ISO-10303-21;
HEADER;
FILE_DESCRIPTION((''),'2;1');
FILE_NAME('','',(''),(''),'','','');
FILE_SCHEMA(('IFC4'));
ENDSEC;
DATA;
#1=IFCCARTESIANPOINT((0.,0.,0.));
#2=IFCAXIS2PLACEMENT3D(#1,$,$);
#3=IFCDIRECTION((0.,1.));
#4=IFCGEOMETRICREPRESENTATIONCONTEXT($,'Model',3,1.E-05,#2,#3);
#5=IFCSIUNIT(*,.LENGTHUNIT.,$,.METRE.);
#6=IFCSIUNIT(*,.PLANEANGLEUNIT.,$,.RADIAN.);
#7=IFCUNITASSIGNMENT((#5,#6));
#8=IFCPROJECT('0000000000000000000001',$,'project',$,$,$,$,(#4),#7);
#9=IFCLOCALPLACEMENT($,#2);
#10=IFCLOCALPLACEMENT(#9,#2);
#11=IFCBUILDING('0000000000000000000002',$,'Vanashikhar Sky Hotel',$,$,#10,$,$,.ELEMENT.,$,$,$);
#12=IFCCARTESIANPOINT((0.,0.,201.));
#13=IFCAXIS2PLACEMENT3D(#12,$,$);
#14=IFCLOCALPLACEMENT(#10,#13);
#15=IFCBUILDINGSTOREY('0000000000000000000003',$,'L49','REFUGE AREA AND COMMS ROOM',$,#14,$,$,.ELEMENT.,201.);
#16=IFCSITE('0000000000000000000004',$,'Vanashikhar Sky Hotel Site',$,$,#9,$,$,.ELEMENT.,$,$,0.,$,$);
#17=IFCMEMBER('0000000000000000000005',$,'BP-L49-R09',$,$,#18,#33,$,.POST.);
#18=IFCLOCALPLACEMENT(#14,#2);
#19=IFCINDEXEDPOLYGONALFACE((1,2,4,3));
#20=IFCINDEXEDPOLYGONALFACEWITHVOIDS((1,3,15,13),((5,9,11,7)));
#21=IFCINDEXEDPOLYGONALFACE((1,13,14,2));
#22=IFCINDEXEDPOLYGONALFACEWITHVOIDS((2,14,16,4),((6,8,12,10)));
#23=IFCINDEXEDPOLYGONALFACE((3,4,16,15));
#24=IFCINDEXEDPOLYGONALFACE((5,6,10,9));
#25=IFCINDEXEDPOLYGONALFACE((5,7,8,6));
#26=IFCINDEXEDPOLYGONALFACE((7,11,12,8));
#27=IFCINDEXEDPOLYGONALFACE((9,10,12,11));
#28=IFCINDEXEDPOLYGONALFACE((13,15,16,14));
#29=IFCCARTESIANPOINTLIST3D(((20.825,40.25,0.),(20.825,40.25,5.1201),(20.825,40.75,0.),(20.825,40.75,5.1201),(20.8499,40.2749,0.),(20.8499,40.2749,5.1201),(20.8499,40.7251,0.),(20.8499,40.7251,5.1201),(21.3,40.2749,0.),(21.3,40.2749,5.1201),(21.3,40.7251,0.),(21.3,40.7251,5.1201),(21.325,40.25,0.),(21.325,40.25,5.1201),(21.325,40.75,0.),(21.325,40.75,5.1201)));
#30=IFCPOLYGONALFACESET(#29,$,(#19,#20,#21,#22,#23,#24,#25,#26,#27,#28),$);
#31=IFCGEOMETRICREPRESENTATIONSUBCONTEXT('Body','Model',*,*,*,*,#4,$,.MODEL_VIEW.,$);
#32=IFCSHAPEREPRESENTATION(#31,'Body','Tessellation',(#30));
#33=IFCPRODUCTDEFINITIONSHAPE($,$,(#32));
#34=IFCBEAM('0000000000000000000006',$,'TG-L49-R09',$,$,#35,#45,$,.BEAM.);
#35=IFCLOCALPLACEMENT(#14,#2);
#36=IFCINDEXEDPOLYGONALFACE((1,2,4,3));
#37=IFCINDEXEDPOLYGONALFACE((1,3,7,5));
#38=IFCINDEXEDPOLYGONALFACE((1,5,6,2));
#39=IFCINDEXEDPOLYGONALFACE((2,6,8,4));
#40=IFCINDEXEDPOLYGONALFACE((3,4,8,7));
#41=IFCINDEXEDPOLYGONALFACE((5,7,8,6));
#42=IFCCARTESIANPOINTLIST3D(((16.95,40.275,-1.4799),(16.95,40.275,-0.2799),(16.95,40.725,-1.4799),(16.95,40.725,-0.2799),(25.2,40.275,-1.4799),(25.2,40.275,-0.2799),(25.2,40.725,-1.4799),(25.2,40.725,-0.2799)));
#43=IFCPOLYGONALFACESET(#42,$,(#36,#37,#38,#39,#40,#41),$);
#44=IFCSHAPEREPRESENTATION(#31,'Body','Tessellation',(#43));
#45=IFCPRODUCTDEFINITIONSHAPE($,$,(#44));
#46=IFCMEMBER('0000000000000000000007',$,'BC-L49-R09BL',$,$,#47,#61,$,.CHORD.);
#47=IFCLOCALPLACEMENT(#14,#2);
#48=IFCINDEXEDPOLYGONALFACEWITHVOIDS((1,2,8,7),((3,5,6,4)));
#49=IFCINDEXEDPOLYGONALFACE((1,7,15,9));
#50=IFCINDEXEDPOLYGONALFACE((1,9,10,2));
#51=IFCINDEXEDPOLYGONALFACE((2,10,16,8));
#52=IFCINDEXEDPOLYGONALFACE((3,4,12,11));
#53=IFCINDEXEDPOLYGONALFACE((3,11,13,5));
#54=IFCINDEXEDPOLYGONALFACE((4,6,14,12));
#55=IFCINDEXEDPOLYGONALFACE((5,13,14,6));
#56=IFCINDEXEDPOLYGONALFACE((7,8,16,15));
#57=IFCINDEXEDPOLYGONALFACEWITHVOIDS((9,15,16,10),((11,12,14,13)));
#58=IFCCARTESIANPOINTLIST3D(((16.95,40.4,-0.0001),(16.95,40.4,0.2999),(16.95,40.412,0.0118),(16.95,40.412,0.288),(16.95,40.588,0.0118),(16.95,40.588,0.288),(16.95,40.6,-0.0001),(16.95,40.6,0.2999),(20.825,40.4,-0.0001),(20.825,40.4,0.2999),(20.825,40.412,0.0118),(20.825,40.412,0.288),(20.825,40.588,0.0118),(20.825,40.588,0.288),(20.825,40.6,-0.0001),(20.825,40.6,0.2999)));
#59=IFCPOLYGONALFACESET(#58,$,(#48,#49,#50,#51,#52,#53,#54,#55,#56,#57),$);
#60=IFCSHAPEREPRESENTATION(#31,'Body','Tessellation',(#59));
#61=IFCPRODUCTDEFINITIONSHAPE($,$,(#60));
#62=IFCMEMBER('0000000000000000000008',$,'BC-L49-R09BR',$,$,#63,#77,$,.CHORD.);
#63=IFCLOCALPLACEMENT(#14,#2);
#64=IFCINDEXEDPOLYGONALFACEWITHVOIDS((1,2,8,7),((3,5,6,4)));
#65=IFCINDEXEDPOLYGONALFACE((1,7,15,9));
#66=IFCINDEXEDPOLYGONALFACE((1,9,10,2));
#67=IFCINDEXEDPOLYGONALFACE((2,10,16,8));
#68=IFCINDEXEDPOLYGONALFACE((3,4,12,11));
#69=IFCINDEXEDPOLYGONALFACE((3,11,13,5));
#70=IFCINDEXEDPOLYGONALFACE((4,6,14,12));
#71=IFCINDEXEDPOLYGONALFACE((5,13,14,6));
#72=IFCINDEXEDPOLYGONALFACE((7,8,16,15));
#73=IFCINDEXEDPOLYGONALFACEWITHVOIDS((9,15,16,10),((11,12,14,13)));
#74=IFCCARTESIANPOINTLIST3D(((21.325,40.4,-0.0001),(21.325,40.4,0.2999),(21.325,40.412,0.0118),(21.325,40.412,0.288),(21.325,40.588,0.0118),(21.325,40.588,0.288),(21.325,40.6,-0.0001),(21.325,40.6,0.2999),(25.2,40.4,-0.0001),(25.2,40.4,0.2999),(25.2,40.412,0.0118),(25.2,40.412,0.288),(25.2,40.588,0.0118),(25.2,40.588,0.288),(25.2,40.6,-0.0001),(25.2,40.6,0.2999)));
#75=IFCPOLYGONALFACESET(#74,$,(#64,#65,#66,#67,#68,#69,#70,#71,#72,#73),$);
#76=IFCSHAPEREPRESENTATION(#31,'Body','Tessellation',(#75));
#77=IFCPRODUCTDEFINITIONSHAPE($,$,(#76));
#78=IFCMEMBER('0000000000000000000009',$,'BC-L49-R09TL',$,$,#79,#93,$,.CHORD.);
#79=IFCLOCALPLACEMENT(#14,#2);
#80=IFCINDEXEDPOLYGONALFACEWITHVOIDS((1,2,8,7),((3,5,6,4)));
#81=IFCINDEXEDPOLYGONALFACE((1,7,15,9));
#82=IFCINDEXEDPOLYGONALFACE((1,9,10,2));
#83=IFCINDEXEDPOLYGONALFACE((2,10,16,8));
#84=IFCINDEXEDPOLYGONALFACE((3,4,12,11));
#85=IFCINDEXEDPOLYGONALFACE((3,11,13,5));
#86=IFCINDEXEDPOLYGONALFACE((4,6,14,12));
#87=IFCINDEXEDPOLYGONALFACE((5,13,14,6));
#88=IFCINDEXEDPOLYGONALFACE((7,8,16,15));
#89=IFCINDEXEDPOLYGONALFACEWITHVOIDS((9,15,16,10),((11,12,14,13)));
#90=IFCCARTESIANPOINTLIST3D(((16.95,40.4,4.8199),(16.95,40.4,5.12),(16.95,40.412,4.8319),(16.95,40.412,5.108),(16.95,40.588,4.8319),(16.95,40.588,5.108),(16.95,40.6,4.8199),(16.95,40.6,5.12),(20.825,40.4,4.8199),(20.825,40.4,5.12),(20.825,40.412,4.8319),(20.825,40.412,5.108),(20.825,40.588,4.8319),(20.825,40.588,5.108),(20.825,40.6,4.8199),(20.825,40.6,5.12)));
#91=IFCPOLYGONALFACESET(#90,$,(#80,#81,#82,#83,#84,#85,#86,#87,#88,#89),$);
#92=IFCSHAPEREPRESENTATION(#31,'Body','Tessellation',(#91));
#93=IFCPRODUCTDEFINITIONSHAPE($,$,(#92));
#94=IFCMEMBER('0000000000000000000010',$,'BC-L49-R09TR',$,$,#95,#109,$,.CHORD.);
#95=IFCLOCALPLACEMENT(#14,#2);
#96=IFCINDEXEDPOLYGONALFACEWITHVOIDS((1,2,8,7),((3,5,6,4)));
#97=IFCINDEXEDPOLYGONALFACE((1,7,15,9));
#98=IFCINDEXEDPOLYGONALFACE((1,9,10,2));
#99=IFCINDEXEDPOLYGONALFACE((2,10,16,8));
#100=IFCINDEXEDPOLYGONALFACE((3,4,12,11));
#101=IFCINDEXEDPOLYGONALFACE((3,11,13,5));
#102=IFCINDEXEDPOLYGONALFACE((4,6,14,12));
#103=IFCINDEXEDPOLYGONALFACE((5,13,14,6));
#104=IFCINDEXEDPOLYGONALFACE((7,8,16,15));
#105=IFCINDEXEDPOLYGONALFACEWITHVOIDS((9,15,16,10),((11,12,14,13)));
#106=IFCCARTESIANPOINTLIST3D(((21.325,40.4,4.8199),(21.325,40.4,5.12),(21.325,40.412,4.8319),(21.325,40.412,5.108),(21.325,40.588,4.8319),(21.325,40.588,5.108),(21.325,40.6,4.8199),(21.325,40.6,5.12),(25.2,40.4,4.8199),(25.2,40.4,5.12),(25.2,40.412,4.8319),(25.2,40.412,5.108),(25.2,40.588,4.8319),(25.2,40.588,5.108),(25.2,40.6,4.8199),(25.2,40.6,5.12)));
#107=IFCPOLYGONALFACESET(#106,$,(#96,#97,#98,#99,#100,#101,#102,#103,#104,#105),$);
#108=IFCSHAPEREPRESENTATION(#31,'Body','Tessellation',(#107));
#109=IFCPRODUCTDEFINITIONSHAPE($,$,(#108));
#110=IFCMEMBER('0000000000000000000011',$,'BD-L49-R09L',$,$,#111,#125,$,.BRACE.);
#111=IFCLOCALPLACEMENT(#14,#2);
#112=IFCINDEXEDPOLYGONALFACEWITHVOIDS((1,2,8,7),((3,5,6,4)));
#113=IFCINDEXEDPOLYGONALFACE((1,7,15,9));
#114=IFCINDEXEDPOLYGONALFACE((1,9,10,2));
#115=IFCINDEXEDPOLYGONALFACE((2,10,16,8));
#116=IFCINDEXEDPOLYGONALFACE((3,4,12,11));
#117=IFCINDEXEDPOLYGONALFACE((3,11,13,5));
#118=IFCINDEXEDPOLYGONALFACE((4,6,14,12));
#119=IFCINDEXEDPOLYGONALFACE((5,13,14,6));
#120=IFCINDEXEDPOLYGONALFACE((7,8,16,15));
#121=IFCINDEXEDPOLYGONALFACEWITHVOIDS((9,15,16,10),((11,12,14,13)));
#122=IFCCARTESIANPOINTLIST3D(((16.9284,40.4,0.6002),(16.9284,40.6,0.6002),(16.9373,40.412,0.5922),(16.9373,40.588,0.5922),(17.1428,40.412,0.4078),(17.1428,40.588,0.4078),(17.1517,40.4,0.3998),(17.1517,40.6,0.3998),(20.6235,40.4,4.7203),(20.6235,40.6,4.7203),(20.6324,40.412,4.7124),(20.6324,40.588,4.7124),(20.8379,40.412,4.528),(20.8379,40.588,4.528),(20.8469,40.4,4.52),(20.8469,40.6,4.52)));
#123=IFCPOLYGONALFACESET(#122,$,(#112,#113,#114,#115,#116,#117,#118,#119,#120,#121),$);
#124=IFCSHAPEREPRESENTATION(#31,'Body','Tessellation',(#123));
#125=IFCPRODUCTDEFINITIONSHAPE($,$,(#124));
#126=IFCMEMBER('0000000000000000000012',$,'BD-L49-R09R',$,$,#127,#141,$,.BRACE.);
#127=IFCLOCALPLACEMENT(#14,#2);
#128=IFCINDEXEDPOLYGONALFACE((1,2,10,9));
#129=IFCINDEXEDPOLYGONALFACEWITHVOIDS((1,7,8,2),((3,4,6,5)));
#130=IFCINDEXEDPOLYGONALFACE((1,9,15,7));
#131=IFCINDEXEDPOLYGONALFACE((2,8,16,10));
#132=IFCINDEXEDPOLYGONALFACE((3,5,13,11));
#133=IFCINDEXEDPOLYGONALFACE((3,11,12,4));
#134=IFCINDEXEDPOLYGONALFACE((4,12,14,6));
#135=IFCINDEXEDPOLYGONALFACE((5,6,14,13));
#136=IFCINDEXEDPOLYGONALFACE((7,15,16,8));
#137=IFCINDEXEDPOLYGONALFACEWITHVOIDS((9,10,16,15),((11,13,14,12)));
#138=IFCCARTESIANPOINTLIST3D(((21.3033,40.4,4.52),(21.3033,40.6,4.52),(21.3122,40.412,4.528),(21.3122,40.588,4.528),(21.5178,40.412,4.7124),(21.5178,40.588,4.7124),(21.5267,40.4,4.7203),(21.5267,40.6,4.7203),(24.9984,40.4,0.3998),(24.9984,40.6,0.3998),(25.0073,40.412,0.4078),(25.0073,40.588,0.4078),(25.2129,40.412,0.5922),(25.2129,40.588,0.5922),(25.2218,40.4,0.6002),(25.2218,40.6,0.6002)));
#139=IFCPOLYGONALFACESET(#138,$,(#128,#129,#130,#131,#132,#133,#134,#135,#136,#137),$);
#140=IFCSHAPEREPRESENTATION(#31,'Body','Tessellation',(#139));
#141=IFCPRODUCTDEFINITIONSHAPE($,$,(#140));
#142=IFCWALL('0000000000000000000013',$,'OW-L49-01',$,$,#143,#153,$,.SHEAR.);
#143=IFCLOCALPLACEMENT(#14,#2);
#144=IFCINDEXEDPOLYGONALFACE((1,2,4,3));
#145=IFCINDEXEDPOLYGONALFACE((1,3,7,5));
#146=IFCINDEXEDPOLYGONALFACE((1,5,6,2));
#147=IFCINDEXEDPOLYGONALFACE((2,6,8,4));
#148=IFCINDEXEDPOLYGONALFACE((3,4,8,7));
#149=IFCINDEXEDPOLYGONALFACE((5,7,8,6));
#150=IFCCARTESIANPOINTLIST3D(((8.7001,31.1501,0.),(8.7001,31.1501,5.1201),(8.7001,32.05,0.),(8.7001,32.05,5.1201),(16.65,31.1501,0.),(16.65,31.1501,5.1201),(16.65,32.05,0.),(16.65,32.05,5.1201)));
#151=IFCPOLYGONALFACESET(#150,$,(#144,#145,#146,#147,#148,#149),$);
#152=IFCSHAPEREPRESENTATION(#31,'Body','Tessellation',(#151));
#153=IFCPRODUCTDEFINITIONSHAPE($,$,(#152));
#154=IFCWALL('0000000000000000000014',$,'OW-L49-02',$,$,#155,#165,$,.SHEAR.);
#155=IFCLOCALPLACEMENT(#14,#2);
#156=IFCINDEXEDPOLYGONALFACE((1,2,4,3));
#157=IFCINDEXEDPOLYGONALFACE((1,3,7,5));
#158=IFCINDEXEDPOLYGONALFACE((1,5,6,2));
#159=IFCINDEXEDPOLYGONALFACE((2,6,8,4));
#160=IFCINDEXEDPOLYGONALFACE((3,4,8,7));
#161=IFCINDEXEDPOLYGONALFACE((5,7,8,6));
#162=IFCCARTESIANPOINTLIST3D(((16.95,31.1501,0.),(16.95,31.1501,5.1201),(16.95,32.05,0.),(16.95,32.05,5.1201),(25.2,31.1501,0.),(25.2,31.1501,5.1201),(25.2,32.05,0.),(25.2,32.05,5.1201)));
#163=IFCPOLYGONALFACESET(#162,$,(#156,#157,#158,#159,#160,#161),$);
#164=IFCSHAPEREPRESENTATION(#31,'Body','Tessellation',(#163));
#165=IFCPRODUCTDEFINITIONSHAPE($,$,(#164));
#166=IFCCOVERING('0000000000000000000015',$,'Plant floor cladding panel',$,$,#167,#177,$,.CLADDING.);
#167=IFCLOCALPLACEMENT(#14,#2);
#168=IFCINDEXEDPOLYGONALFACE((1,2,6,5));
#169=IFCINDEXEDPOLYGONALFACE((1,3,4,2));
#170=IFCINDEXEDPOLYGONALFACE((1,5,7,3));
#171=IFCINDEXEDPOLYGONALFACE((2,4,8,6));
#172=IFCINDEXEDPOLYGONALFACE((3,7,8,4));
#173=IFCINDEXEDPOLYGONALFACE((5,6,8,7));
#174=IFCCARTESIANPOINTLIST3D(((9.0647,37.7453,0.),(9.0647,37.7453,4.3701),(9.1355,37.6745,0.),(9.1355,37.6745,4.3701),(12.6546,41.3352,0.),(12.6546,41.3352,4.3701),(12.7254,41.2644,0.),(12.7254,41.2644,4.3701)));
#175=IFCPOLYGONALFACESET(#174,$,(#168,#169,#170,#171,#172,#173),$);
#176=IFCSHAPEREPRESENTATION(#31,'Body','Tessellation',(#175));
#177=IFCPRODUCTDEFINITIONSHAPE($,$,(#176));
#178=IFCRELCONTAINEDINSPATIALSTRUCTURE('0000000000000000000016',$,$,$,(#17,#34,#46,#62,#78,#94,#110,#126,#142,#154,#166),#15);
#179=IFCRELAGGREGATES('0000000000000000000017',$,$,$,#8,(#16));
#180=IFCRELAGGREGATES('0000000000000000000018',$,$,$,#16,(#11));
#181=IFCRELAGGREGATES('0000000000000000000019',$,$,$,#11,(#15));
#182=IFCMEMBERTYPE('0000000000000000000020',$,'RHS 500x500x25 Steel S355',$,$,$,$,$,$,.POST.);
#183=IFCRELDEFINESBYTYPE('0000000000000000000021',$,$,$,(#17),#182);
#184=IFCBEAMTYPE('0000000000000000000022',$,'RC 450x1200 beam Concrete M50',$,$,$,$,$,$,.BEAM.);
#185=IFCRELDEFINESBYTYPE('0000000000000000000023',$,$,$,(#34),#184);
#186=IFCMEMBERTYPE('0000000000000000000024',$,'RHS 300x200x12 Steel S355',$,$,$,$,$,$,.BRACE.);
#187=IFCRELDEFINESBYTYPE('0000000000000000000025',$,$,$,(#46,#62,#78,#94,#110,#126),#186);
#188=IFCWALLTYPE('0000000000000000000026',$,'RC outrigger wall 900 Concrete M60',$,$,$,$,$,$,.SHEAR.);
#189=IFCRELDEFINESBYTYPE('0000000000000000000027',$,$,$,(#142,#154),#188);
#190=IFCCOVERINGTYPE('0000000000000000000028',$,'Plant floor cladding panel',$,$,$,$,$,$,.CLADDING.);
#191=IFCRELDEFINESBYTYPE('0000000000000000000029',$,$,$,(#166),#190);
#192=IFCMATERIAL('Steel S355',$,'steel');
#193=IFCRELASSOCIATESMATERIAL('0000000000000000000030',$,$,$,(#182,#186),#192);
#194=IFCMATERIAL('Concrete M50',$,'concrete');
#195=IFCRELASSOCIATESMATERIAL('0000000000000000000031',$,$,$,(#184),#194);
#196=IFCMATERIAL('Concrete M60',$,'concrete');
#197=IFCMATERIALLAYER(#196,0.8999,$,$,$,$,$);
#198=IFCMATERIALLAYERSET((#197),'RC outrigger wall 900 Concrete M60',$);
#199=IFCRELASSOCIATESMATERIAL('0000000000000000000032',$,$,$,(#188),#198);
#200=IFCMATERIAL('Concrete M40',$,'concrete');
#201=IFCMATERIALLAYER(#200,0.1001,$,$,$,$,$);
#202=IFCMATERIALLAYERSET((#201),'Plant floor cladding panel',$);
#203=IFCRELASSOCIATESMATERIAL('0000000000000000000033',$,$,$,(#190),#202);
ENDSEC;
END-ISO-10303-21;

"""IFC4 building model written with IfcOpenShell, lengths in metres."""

from ifc_helpers import new_model, si_unit, direction, frame, frame_2d, origin, origin_2d, place, context, subcontext, project, spatial, rectangle, hollow_rectangle, extrude, source, transform, mapped, material, layer, layer_set, material_profile, profile_set, type_object, element, save


model = new_model("IFC4")

# Units and contexts
model_context = context("Model", 3, precision=1e-05, world=origin(), true_north=direction((0.0, 1.0)))
body_context = subcontext(model_context, "Body", "Model", "MODEL_VIEW")
ifc_project = project(units=[si_unit("LENGTHUNIT", "METRE"), si_unit("PLANEANGLEUNIT", "RADIAN")], contexts=[model_context])

# Site, building, storey
site_placement = place(None, origin())
site = spatial("IfcSite", under=ifc_project, at=site_placement, Name="Vanashikhar Sky Hotel Site", CompositionType="ELEMENT", RefElevation=0.0)
building_placement = place(site_placement, origin())
building = spatial("IfcBuilding", under=site, at=building_placement, Name="Vanashikhar Sky Hotel", CompositionType="ELEMENT")
storey_placement = place(building_placement, frame((0.0, 0.0, 201.0)))
storey = spatial("IfcBuildingStorey", under=building, at=storey_placement, Name="L49", Description="REFUGE AREA AND COMMS ROOM", CompositionType="ELEMENT", Elevation=201.0)

# Member
ifc_material_1 = material(Name="Steel S355", Category="steel")
ifc_material_profile_1 = material_profile(ifc_material_1, hollow_rectangle(XDim=0.5, YDim=0.5, WallThickness=0.0249, at=origin_2d()))
ifc_profile_set_1 = profile_set([ifc_material_profile_1], Name="RHS 500x500x25 Steel S355")
member_type_1 = type_object("IfcMemberType", Name="RHS 500x500x25 Steel S355", PredefinedType="POST", material=ifc_profile_set_1)
shared_shape_1 = source(origin(), body_context, "Body", "SweptSolid", [
    extrude(hollow_rectangle(XDim=0.5, YDim=0.5, WallThickness=0.0249, at=origin_2d()), origin(), (0.0, 0.0, 1.0), 5.1201),
])
member_placement = place(storey_placement, frame((21.075, 40.5, 0.0), z_axis=(0.0, 0.0, 1.0), x_axis=(1.0, 0.0, 0.0)))
element("IfcMember", 1, at=member_placement, inside=storey, type_object=member_type_1, Name="BP-L49-R09", PredefinedType="POST", context=body_context, shape_type="MappedRepresentation", body=[
    mapped(shared_shape_1, transform((0.0, 0.0, 0.0), scale=1.0)),
])

# Beam
ifc_material_2 = material(Name="Concrete M50", Category="concrete")
ifc_material_profile_2 = material_profile(ifc_material_2, rectangle(XDim=0.45, YDim=1.2, at=origin_2d()))
ifc_profile_set_2 = profile_set([ifc_material_profile_2], Name="RC 450x1200 beam Concrete M50")
beam_type = type_object("IfcBeamType", Name="RC 450x1200 beam Concrete M50", PredefinedType="BEAM", material=ifc_profile_set_2)
shared_shape_2 = source(origin(), body_context, "Body", "SweptSolid", [
    extrude(rectangle(XDim=0.45, YDim=1.2, at=origin_2d()), origin(), (0.0, 0.0, 1.0), 8.25),
])
beam_placement = place(storey_placement, frame((16.95, 40.5, -0.8799), z_axis=(1.0, 0.0, 0.0), x_axis=(0.0, 1.0, 0.0)))
element("IfcBeam", 2, at=beam_placement, inside=storey, type_object=beam_type, Name="TG-L49-R09", PredefinedType="BEAM", context=body_context, shape_type="MappedRepresentation", body=[
    mapped(shared_shape_2, transform((0.0, 0.0, 0.0), scale=1.0)),
])

# Members
ifc_material_profile_3 = material_profile(ifc_material_1, hollow_rectangle(XDim=0.2, YDim=0.3, WallThickness=0.012, at=origin_2d()))
ifc_profile_set_3 = profile_set([ifc_material_profile_3], Name="RHS 300x200x12 Steel S355")
member_type_2 = type_object("IfcMemberType", Name="RHS 300x200x12 Steel S355", PredefinedType="BRACE", material=ifc_profile_set_3)
shared_shape_3 = source(origin(), body_context, "Body", "SweptSolid", [
    extrude(hollow_rectangle(XDim=0.2, YDim=0.3, WallThickness=0.012, at=origin_2d()), origin(), (0.0, 0.0, 1.0), 3.875),
])
for number, where, z_axis, x_axis, name in (
    (3, (16.95, 40.5, 0.1499), (1.0, 0.0, 0.0), (0.0, 1.0, 0.0), "BC-L49-R09BL"),
    (4, (21.325, 40.5, 0.1499), (1.0, 0.0, 0.0), (0.0, 1.0, 0.0), "BC-L49-R09BR"),
    (5, (16.95, 40.5, 4.97), (1.0, 0.0, 0.0), (0.0, 1.0, 0.0), "BC-L49-R09TL"),
    (6, (21.325, 40.5, 4.97), (1.0, 0.0, 0.0), (0.0, 1.0, 0.0), "BC-L49-R09TR"),
):
    element("IfcMember", number, at=place(storey_placement, frame(where, z_axis=z_axis, x_axis=x_axis)), inside=storey, type_object=member_type_2, Name=name, PredefinedType="CHORD", context=body_context, shape_type="MappedRepresentation", body=[
        mapped(shared_shape_3, transform((0.0, 0.0, 0.0), scale=1.0)),
    ])
shared_shape_4 = source(origin(), body_context, "Body", "SweptSolid", [
    extrude(hollow_rectangle(XDim=0.2, YDim=0.3, WallThickness=0.012, at=origin_2d()), origin(), (0.0, 0.0, 1.0), 5.5344),
])
for number, where, z_axis, x_axis, name in (
    (7, (17.04, 40.5, 0.5), (0.667662, 0.0, 0.744464), (0.0, 1.0, 0.0), "BD-L49-R09L"),
    (8, (25.1101, 40.5, 0.5), (-0.667662, 0.0, 0.744464), (0.0, -1.0, 0.0), "BD-L49-R09R"),
):
    element("IfcMember", number, at=place(storey_placement, frame(where, z_axis=z_axis, x_axis=x_axis)), inside=storey, type_object=member_type_2, Name=name, PredefinedType="BRACE", context=body_context, shape_type="MappedRepresentation", body=[
        mapped(shared_shape_4, transform((0.0, 0.0, 0.0), scale=1.0)),
    ])

# Walls
ifc_material_3 = material(Name="Concrete M60", Category="concrete")
ifc_layer_1 = layer(ifc_material_3, 0.8999)
ifc_layer_set_1 = layer_set([ifc_layer_1], Name="RC outrigger wall 900 Concrete M60")
wall_type = type_object("IfcWallType", Name="RC outrigger wall 900 Concrete M60", PredefinedType="SHEAR", material=ifc_layer_set_1)
shared_shape_5 = source(origin(), body_context, "Body", "SweptSolid", [
    extrude(rectangle(XDim=7.95, YDim=0.8999, at=frame_2d((3.9751, 0.0))), origin(), (0.0, 0.0, 1.0), 5.1201),
])
wall_1_placement = place(storey_placement, frame((8.7, 31.6001, 0.0), z_axis=(0.0, 0.0, 1.0), x_axis=(1.0, 0.0, 0.0)))
element("IfcWall", 9, at=wall_1_placement, inside=storey, type_object=wall_type, Name="OW-L49-01", PredefinedType="SHEAR", context=body_context, shape_type="MappedRepresentation", body=[
    mapped(shared_shape_5, transform((0.0, 0.0, 0.0), scale=1.0)),
])
shared_shape_6 = source(origin(), body_context, "Body", "SweptSolid", [
    extrude(rectangle(XDim=8.25, YDim=0.8999, at=frame_2d((4.125, 0.0))), origin(), (0.0, 0.0, 1.0), 5.1201),
])
wall_2_placement = place(storey_placement, frame((16.95, 31.6001, 0.0), z_axis=(0.0, 0.0, 1.0), x_axis=(1.0, 0.0, 0.0)))
element("IfcWall", 10, at=wall_2_placement, inside=storey, type_object=wall_type, Name="OW-L49-02", PredefinedType="SHEAR", context=body_context, shape_type="MappedRepresentation", body=[
    mapped(shared_shape_6, transform((0.0, 0.0, 0.0), scale=1.0)),
])

# Covering
ifc_material_4 = material(Name="Concrete M40", Category="concrete")
ifc_layer_2 = layer(ifc_material_4, 0.1001)
ifc_layer_set_2 = layer_set([ifc_layer_2], Name="Plant floor cladding panel")
covering_type = type_object("IfcCoveringType", Name="Plant floor cladding panel", PredefinedType="CLADDING", material=ifc_layer_set_2)
shared_shape_7 = source(origin(), body_context, "Body", "SweptSolid", [
    extrude(rectangle(XDim=5.0769, YDim=0.1001, at=origin_2d()), origin(), (0.0, 0.0, 1.0), 4.3701),
])
covering_placement = place(storey_placement, frame((10.895, 39.5049, 0.0), z_axis=(0.0, 0.0, 1.0), x_axis=(-0.707107, -0.707107, 0.0)))
element("IfcCovering", 11, at=covering_placement, inside=storey, type_object=covering_type, Name="Plant floor cladding panel", PredefinedType="CLADDING", context=body_context, shape_type="MappedRepresentation", body=[
    mapped(shared_shape_7, transform((0.0, 0.0, 0.0), scale=1.0)),
])

save(model, "model.ifc")
